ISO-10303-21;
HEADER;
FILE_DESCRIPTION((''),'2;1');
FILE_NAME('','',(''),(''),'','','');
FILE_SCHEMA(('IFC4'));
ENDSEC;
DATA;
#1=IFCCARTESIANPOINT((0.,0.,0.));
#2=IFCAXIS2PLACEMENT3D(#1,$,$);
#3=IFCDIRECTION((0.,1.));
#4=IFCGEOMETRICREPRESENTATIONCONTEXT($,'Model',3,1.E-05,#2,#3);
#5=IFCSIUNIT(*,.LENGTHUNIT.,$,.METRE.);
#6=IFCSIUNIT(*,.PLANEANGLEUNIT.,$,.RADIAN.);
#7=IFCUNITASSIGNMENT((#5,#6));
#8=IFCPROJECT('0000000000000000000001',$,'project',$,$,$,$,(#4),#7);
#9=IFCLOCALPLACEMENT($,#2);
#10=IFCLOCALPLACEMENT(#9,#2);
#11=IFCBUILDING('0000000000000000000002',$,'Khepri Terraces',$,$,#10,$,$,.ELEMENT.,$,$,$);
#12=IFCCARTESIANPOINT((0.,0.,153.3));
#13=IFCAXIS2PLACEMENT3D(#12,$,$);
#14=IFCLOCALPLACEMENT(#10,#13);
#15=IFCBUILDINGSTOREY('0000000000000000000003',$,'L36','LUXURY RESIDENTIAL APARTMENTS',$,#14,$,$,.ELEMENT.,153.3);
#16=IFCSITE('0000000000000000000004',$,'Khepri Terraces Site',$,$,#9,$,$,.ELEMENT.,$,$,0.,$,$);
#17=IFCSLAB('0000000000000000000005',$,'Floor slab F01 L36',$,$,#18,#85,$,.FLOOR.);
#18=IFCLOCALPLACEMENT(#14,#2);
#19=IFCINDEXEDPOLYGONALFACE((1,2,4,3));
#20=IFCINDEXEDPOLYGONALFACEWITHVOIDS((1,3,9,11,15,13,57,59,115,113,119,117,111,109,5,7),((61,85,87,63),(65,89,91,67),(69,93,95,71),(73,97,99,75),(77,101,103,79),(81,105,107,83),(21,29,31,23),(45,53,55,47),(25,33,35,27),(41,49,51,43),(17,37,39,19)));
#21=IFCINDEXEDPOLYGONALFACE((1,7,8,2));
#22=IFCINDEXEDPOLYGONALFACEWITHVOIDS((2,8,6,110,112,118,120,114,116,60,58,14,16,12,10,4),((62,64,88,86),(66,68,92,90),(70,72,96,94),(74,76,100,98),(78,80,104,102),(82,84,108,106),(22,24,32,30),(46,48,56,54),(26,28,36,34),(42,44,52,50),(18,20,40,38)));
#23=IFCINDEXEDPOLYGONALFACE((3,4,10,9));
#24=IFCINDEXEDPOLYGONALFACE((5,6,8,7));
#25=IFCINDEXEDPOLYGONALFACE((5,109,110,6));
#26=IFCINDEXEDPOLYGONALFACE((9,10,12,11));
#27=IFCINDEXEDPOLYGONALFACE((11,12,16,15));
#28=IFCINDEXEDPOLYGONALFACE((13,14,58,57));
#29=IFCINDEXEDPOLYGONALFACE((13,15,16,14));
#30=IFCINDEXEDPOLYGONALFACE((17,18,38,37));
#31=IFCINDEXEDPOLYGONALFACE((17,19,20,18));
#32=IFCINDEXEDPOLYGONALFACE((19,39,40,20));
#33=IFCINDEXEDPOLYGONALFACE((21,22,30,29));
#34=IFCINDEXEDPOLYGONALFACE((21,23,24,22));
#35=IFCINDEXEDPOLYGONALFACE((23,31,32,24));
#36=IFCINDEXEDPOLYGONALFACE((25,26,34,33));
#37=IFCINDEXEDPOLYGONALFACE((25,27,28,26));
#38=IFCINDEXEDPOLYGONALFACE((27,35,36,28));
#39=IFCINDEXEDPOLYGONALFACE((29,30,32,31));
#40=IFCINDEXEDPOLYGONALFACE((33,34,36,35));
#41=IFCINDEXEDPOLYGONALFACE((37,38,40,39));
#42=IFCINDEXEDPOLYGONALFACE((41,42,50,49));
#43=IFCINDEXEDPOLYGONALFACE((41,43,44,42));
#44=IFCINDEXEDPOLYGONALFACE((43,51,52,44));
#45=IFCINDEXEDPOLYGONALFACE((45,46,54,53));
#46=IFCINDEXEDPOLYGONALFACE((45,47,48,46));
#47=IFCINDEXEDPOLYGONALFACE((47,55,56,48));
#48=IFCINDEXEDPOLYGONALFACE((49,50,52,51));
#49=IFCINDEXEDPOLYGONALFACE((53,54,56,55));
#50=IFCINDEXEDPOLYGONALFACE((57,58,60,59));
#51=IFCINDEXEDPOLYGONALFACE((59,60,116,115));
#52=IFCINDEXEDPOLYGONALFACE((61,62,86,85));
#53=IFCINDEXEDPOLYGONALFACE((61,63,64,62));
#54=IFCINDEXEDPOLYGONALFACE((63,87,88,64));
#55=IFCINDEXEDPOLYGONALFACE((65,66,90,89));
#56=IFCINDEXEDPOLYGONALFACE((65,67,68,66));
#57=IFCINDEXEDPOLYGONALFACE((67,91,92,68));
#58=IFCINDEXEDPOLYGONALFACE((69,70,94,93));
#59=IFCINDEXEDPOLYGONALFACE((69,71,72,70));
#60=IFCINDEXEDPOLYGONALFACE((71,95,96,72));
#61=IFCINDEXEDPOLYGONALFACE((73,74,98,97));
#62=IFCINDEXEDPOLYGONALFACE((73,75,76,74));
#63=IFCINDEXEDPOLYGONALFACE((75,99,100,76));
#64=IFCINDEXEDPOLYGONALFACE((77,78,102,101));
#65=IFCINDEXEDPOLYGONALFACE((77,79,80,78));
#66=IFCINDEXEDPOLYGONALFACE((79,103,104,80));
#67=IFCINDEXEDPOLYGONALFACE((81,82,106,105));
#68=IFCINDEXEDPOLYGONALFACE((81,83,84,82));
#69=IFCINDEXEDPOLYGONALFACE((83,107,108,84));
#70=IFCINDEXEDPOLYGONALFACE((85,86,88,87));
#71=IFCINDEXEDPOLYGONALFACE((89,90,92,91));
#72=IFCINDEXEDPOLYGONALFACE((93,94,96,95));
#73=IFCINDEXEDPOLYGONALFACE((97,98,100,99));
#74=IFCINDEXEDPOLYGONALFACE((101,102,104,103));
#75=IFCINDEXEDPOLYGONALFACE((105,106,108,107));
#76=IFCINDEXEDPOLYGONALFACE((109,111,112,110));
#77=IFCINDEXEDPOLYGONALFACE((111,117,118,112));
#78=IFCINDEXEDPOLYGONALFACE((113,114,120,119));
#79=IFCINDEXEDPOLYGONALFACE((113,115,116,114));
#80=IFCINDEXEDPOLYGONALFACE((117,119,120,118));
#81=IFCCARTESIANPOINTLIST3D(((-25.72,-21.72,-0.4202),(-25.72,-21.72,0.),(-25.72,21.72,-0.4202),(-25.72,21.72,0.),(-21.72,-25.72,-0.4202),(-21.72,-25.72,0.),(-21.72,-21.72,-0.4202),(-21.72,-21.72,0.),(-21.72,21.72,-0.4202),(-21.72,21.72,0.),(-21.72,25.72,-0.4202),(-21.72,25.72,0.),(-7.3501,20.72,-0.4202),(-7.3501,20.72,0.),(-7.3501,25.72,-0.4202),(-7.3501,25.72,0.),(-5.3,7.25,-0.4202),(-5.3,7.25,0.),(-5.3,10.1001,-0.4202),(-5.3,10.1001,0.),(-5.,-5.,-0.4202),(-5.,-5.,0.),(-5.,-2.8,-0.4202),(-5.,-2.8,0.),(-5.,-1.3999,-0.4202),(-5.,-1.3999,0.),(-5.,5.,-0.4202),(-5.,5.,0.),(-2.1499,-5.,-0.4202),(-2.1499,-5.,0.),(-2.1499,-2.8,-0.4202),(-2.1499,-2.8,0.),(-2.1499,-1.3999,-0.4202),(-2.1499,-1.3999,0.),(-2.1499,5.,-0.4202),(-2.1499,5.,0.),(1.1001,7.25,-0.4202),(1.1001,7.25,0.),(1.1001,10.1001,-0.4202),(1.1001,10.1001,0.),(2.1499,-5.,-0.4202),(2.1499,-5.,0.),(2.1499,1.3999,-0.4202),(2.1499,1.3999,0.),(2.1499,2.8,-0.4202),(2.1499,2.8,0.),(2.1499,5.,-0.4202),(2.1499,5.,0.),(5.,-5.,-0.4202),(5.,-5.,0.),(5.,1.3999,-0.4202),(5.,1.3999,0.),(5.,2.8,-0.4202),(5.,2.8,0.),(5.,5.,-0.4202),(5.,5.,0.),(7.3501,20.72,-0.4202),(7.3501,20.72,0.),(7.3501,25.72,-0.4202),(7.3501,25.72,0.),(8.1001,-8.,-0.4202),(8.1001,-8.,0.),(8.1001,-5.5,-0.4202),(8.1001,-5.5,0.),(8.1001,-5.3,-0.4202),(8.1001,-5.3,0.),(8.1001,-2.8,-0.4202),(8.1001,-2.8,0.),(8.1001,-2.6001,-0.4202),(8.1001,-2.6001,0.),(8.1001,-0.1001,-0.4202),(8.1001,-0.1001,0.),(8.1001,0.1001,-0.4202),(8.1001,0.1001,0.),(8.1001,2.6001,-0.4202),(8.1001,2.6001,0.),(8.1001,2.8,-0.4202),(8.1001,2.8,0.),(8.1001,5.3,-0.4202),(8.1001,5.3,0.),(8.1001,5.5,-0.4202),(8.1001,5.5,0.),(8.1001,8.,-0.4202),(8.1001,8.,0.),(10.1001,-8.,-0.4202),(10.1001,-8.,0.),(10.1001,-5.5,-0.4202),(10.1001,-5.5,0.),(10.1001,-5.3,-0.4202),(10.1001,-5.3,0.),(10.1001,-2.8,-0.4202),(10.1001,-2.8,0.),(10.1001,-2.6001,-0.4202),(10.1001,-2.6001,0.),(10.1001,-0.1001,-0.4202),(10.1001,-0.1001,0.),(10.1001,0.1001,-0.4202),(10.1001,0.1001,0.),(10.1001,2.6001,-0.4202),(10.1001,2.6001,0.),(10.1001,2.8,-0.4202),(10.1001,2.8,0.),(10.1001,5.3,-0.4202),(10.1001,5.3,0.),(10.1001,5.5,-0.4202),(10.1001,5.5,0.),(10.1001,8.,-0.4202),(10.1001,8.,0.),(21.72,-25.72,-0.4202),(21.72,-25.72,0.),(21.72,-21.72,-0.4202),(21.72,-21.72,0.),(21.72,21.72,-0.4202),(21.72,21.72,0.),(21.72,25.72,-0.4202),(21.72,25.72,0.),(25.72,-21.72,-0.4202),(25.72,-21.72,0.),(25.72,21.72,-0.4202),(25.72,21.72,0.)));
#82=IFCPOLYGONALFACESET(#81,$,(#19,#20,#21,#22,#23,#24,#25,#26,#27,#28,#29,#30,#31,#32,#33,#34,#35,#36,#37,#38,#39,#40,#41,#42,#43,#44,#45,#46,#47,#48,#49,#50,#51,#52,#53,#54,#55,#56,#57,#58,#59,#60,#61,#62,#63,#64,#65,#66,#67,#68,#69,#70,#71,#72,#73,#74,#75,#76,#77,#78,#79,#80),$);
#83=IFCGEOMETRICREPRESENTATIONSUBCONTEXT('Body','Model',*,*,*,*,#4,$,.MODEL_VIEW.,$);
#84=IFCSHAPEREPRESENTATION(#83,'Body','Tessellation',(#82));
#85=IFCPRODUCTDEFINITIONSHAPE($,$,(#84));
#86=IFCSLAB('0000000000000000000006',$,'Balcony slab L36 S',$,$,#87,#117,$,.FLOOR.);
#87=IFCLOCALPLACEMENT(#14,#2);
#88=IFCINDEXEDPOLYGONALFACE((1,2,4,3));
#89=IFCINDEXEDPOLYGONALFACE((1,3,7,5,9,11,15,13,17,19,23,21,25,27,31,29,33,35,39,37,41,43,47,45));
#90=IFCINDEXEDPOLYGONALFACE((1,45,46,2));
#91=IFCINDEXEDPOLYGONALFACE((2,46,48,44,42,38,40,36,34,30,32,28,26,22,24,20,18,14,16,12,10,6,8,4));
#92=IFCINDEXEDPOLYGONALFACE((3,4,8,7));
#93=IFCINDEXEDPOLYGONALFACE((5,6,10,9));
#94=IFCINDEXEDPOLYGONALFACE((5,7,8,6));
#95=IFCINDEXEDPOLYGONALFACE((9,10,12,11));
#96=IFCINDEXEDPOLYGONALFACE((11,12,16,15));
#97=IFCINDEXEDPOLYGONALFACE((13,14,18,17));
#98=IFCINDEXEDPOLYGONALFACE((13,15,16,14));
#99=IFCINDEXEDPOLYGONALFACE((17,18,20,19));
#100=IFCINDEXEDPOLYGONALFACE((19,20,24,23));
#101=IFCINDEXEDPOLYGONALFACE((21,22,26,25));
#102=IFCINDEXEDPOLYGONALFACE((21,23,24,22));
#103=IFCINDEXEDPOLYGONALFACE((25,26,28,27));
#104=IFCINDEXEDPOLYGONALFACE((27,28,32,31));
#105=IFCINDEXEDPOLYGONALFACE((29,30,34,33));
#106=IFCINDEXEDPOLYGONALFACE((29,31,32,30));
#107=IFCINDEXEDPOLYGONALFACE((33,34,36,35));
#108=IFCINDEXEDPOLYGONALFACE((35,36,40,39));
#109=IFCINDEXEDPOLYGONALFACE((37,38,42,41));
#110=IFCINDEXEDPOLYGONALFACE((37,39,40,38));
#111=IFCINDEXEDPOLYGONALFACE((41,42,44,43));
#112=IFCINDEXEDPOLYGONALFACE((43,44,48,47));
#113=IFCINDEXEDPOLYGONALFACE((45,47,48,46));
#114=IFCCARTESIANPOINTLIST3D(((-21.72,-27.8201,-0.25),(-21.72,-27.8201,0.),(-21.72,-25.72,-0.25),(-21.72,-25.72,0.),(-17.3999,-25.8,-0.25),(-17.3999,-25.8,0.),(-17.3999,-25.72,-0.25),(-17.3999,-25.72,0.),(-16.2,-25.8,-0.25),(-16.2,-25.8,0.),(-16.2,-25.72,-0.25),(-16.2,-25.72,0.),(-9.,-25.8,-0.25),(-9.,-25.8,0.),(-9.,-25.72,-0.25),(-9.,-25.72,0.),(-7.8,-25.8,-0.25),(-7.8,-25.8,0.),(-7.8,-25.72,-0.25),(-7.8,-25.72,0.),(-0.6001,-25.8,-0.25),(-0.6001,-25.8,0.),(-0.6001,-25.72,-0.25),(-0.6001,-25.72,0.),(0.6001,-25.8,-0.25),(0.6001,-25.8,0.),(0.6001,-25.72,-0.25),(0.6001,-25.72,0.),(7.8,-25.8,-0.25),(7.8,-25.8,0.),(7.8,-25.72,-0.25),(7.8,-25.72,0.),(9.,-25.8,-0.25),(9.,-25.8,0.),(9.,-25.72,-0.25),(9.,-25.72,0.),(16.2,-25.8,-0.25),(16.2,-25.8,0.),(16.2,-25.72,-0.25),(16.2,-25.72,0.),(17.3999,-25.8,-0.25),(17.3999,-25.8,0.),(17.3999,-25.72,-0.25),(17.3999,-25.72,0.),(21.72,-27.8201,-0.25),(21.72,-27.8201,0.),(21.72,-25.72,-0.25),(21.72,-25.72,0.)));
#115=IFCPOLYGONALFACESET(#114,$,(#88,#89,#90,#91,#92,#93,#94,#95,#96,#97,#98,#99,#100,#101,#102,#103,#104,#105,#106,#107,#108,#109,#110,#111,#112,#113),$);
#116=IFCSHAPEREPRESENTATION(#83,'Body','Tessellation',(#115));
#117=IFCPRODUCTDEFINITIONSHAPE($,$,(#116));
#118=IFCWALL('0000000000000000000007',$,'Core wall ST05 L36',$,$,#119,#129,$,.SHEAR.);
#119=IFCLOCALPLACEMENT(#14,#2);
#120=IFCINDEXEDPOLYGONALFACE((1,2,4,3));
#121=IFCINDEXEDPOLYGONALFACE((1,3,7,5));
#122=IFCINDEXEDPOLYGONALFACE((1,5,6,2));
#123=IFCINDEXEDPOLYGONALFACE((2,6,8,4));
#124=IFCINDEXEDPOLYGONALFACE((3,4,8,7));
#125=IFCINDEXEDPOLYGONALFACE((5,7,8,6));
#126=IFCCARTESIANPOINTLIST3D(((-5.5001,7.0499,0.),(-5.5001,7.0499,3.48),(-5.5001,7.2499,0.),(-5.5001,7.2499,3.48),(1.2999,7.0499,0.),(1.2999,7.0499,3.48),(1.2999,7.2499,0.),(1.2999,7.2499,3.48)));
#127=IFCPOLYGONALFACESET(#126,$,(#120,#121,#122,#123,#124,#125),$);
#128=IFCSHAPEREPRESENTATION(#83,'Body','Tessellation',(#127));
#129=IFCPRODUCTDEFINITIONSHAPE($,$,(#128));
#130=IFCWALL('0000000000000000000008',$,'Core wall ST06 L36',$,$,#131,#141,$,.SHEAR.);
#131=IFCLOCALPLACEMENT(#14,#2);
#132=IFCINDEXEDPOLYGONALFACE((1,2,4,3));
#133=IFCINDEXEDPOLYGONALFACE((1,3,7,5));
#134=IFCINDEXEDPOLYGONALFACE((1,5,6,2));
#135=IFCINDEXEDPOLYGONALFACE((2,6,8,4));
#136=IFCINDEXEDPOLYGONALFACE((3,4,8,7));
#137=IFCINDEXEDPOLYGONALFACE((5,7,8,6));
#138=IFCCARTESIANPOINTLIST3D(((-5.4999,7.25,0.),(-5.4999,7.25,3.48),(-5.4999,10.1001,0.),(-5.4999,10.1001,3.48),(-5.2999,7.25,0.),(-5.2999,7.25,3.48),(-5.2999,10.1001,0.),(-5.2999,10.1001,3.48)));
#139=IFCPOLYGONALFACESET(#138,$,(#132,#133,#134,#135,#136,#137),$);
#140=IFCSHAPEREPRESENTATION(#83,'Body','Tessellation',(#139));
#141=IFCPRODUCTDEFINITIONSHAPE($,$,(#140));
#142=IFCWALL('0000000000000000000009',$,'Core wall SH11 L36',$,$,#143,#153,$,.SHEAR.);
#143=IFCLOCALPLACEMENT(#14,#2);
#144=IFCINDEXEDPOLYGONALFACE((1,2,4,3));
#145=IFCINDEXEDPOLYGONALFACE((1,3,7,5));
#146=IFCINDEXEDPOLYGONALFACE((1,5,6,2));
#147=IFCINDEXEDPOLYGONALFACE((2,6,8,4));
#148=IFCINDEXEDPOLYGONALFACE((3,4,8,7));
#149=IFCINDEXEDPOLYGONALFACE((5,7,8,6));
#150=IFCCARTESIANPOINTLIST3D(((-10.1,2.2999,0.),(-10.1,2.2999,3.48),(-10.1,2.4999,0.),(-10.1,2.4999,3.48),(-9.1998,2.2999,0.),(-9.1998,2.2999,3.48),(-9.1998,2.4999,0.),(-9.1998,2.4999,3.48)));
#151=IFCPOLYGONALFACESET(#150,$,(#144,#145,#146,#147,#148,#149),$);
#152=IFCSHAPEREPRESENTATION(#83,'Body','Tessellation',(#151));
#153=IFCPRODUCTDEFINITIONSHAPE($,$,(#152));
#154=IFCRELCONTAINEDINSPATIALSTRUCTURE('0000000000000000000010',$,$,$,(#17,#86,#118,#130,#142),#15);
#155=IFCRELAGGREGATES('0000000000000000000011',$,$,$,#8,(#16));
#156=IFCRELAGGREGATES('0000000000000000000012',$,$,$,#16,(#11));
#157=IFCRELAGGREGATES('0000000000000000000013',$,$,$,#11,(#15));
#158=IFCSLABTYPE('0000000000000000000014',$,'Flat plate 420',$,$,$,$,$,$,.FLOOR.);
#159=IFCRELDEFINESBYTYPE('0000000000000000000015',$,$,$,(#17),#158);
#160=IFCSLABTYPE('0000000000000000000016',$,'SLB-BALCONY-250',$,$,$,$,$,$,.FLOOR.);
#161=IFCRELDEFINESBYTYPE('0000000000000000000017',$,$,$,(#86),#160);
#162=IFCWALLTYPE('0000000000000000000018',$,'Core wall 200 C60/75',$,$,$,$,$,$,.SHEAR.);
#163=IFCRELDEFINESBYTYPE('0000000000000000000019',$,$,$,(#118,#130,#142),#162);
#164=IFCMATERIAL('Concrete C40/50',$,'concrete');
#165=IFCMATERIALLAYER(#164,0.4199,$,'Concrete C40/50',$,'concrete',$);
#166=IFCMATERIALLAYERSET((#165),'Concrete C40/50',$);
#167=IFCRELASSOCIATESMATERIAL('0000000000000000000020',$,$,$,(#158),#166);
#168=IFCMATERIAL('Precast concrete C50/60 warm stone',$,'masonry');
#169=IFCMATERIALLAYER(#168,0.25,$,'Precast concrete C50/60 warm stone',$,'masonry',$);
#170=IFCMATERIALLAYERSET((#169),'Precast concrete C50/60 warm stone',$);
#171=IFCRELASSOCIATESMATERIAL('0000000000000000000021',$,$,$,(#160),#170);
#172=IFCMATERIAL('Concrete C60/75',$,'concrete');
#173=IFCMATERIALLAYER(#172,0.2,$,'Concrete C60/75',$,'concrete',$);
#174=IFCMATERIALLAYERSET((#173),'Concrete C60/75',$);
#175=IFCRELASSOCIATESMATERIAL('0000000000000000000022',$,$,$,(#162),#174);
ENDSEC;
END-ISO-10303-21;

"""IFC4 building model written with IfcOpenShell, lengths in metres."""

from ifc_helpers import new_model, si_unit, direction, frame, frame_2d, origin, place, context, subcontext, project, spatial, polyline, rectangle, outline, extrude, material, layer, layer_set, type_object, element, save


model = new_model("IFC4")

# Units and contexts
model_context = context("Model", 3, precision=1e-05, world=origin(), true_north=direction((0.0, 1.0)))
body_context = subcontext(model_context, "Body", "Model", "MODEL_VIEW")
ifc_project = project(units=[si_unit("LENGTHUNIT", "METRE"), si_unit("PLANEANGLEUNIT", "RADIAN")], contexts=[model_context])

# Site, building, storey
site_placement = place(None, origin())
site = spatial("IfcSite", under=ifc_project, at=site_placement, Name="Khepri Terraces Site", CompositionType="ELEMENT", RefElevation=0.0)
building_placement = place(site_placement, origin())
building = spatial("IfcBuilding", under=site, at=building_placement, Name="Khepri Terraces", CompositionType="ELEMENT")
storey_placement = place(building_placement, frame((0.0, 0.0, 153.3)))
storey = spatial("IfcBuildingStorey", under=building, at=storey_placement, Name="L36", Description="LUXURY RESIDENTIAL APARTMENTS", CompositionType="ELEMENT", Elevation=153.3)

# Slabs
ifc_material_1 = material(Name="Concrete C40/50", Category="concrete")
ifc_layer_1 = layer(ifc_material_1, 0.4199, Name="Concrete C40/50", Category="concrete")
ifc_layer_set_1 = layer_set([ifc_layer_1], Name="Concrete C40/50")
slab_type_1 = type_object("IfcSlabType", Name="Flat plate 420", PredefinedType="FLOOR", material=ifc_layer_set_1)
slab_1_placement = place(storey_placement, frame((0.0, 0.0, -0.4202)))
element("IfcSlab", 1, at=slab_1_placement, inside=storey, type_object=slab_type_1, Name="Floor slab F01 L36", PredefinedType="FLOOR", context=body_context, shape_type="SweptSolid", body=[
    extrude(outline(polyline([(7.3501, 25.72), (21.72, 25.72), (21.72, 21.72), (25.72, 21.72), (25.72, -21.72), (21.72, -21.72), (21.72, -25.72), (-21.72, -25.72), (-21.72, -21.72), (-25.72, -21.72), (-25.72, 21.72), (-21.72, 21.72), (-21.72, 25.72), (-7.3501, 25.72), (-7.3501, 20.72), (7.3501, 20.72), (7.3501, 25.72)]), holes=[polyline([(2.1499, 2.8), (5.0, 2.8), (5.0, 5.0), (2.1499, 5.0), (2.1499, 2.8)]), polyline([(-5.0, -2.8), (-5.0, -5.0), (-2.1499, -5.0), (-2.1499, -2.8), (-5.0, -2.8)]), polyline([(10.1001, -5.5), (8.1001, -5.5), (8.1001, -8.0), (10.1001, -8.0), (10.1001, -5.5)]), polyline([(10.1001, -5.3), (10.1001, -2.8), (8.1001, -2.8), (8.1001, -5.3), (10.1001, -5.3)]), polyline([(8.1001, -2.6001), (10.1001, -2.6001), (10.1001, -0.1001), (8.1001, -0.1001), (8.1001, -2.6001)]), polyline([(8.1001, 2.6001), (8.1001, 0.1001), (10.1001, 0.1001), (10.1001, 2.6001), (8.1001, 2.6001)]), polyline([(10.1001, 5.3), (8.1001, 5.3), (8.1001, 2.8), (10.1001, 2.8), (10.1001, 5.3)]), polyline([(10.1001, 5.5), (10.1001, 8.0), (8.1001, 8.0), (8.1001, 5.5), (10.1001, 5.5)]), polyline([(-5.0, -1.3999), (-2.1499, -1.3999), (-2.1499, 5.0), (-5.0, 5.0), (-5.0, -1.3999)]), polyline([(5.0, -5.0), (5.0, 1.3999), (2.1499, 1.3999), (2.1499, -5.0), (5.0, -5.0)]), polyline([(-5.3, 10.1001), (-5.3, 7.25), (1.1001, 7.25), (1.1001, 10.1001), (-5.3, 10.1001)])]), origin(), (0.0, 0.0, 1.0), 0.4202),
])
ifc_material_2 = material(Name="Precast concrete C50/60 warm stone", Category="masonry")
ifc_layer_2 = layer(ifc_material_2, 0.25, Name="Precast concrete C50/60 warm stone", Category="masonry")
ifc_layer_set_2 = layer_set([ifc_layer_2], Name="Precast concrete C50/60 warm stone")
slab_type_2 = type_object("IfcSlabType", Name="SLB-BALCONY-250", PredefinedType="FLOOR", material=ifc_layer_set_2)
slab_2_placement = place(storey_placement, frame((0.0, 0.0, -0.25)))
element("IfcSlab", 2, at=slab_2_placement, inside=storey, type_object=slab_type_2, Name="Balcony slab L36 S", PredefinedType="FLOOR", context=body_context, shape_type="SweptSolid", body=[
    extrude(outline(polyline([(-17.3999, -25.72), (-21.72, -25.72), (-21.72, -27.8201), (21.72, -27.8201), (21.72, -25.72), (17.3999, -25.72), (17.3999, -25.8), (16.2, -25.8), (16.2, -25.72), (9.0, -25.72), (9.0, -25.8), (7.8, -25.8), (7.8, -25.72), (0.6001, -25.72), (0.6001, -25.8), (-0.6001, -25.8), (-0.6001, -25.72), (-7.8, -25.72), (-7.8, -25.8), (-9.0, -25.8), (-9.0, -25.72), (-16.2, -25.72), (-16.2, -25.8), (-17.3999, -25.8), (-17.3999, -25.72)])), origin(), (0.0, 0.0, 1.0), 0.25),
])

# Walls
ifc_material_3 = material(Name="Concrete C60/75", Category="concrete")
ifc_layer_3 = layer(ifc_material_3, 0.2, Name="Concrete C60/75", Category="concrete")
ifc_layer_set_3 = layer_set([ifc_layer_3], Name="Concrete C60/75")
wall_type_1 = type_object("IfcWallType", Name="Core wall 200 C60/75", PredefinedType="SHEAR", material=ifc_layer_set_3)
wall_1_placement = place(storey_placement, frame((-5.5, 7.1499, 0.0), z_axis=(0.0, 0.0, 1.0), x_axis=(1.0, 0.0, 0.0)))
element("IfcWall", 3, at=wall_1_placement, inside=storey, type_object=wall_type_1, Name="Core wall ST05 L36", PredefinedType="SHEAR", context=body_context, shape_type="SweptSolid", body=[
    extrude(rectangle(XDim=6.8, YDim=0.2, at=frame_2d((3.3999, 0.0))), origin(), (0.0, 0.0, 1.0), 3.48),
])
wall_2_placement = place(storey_placement, frame((-5.3999, 7.25, 0.0), z_axis=(0.0, 0.0, 1.0), x_axis=(0.0, 1.0, 0.0)))
element("IfcWall", 4, at=wall_2_placement, inside=storey, type_object=wall_type_1, Name="Core wall ST06 L36", PredefinedType="SHEAR", context=body_context, shape_type="SweptSolid", body=[
    extrude(rectangle(XDim=2.8501, YDim=0.2, at=frame_2d((1.425, 0.0))), origin(), (0.0, 0.0, 1.0), 3.48),
])
wall_3_placement = place(storey_placement, frame((-10.1001, 2.3999, 0.0), z_axis=(0.0, 0.0, 1.0), x_axis=(1.0, 0.0, 0.0)))
element("IfcWall", 5, at=wall_3_placement, inside=storey, type_object=wall_type_1, Name="Core wall SH11 L36", PredefinedType="SHEAR", context=body_context, shape_type="SweptSolid", body=[
    extrude(rectangle(XDim=0.9001, YDim=0.2, at=frame_2d((0.4502, 0.0))), origin(), (0.0, 0.0, 1.0), 3.48),
])

save(model, "model.ifc")
